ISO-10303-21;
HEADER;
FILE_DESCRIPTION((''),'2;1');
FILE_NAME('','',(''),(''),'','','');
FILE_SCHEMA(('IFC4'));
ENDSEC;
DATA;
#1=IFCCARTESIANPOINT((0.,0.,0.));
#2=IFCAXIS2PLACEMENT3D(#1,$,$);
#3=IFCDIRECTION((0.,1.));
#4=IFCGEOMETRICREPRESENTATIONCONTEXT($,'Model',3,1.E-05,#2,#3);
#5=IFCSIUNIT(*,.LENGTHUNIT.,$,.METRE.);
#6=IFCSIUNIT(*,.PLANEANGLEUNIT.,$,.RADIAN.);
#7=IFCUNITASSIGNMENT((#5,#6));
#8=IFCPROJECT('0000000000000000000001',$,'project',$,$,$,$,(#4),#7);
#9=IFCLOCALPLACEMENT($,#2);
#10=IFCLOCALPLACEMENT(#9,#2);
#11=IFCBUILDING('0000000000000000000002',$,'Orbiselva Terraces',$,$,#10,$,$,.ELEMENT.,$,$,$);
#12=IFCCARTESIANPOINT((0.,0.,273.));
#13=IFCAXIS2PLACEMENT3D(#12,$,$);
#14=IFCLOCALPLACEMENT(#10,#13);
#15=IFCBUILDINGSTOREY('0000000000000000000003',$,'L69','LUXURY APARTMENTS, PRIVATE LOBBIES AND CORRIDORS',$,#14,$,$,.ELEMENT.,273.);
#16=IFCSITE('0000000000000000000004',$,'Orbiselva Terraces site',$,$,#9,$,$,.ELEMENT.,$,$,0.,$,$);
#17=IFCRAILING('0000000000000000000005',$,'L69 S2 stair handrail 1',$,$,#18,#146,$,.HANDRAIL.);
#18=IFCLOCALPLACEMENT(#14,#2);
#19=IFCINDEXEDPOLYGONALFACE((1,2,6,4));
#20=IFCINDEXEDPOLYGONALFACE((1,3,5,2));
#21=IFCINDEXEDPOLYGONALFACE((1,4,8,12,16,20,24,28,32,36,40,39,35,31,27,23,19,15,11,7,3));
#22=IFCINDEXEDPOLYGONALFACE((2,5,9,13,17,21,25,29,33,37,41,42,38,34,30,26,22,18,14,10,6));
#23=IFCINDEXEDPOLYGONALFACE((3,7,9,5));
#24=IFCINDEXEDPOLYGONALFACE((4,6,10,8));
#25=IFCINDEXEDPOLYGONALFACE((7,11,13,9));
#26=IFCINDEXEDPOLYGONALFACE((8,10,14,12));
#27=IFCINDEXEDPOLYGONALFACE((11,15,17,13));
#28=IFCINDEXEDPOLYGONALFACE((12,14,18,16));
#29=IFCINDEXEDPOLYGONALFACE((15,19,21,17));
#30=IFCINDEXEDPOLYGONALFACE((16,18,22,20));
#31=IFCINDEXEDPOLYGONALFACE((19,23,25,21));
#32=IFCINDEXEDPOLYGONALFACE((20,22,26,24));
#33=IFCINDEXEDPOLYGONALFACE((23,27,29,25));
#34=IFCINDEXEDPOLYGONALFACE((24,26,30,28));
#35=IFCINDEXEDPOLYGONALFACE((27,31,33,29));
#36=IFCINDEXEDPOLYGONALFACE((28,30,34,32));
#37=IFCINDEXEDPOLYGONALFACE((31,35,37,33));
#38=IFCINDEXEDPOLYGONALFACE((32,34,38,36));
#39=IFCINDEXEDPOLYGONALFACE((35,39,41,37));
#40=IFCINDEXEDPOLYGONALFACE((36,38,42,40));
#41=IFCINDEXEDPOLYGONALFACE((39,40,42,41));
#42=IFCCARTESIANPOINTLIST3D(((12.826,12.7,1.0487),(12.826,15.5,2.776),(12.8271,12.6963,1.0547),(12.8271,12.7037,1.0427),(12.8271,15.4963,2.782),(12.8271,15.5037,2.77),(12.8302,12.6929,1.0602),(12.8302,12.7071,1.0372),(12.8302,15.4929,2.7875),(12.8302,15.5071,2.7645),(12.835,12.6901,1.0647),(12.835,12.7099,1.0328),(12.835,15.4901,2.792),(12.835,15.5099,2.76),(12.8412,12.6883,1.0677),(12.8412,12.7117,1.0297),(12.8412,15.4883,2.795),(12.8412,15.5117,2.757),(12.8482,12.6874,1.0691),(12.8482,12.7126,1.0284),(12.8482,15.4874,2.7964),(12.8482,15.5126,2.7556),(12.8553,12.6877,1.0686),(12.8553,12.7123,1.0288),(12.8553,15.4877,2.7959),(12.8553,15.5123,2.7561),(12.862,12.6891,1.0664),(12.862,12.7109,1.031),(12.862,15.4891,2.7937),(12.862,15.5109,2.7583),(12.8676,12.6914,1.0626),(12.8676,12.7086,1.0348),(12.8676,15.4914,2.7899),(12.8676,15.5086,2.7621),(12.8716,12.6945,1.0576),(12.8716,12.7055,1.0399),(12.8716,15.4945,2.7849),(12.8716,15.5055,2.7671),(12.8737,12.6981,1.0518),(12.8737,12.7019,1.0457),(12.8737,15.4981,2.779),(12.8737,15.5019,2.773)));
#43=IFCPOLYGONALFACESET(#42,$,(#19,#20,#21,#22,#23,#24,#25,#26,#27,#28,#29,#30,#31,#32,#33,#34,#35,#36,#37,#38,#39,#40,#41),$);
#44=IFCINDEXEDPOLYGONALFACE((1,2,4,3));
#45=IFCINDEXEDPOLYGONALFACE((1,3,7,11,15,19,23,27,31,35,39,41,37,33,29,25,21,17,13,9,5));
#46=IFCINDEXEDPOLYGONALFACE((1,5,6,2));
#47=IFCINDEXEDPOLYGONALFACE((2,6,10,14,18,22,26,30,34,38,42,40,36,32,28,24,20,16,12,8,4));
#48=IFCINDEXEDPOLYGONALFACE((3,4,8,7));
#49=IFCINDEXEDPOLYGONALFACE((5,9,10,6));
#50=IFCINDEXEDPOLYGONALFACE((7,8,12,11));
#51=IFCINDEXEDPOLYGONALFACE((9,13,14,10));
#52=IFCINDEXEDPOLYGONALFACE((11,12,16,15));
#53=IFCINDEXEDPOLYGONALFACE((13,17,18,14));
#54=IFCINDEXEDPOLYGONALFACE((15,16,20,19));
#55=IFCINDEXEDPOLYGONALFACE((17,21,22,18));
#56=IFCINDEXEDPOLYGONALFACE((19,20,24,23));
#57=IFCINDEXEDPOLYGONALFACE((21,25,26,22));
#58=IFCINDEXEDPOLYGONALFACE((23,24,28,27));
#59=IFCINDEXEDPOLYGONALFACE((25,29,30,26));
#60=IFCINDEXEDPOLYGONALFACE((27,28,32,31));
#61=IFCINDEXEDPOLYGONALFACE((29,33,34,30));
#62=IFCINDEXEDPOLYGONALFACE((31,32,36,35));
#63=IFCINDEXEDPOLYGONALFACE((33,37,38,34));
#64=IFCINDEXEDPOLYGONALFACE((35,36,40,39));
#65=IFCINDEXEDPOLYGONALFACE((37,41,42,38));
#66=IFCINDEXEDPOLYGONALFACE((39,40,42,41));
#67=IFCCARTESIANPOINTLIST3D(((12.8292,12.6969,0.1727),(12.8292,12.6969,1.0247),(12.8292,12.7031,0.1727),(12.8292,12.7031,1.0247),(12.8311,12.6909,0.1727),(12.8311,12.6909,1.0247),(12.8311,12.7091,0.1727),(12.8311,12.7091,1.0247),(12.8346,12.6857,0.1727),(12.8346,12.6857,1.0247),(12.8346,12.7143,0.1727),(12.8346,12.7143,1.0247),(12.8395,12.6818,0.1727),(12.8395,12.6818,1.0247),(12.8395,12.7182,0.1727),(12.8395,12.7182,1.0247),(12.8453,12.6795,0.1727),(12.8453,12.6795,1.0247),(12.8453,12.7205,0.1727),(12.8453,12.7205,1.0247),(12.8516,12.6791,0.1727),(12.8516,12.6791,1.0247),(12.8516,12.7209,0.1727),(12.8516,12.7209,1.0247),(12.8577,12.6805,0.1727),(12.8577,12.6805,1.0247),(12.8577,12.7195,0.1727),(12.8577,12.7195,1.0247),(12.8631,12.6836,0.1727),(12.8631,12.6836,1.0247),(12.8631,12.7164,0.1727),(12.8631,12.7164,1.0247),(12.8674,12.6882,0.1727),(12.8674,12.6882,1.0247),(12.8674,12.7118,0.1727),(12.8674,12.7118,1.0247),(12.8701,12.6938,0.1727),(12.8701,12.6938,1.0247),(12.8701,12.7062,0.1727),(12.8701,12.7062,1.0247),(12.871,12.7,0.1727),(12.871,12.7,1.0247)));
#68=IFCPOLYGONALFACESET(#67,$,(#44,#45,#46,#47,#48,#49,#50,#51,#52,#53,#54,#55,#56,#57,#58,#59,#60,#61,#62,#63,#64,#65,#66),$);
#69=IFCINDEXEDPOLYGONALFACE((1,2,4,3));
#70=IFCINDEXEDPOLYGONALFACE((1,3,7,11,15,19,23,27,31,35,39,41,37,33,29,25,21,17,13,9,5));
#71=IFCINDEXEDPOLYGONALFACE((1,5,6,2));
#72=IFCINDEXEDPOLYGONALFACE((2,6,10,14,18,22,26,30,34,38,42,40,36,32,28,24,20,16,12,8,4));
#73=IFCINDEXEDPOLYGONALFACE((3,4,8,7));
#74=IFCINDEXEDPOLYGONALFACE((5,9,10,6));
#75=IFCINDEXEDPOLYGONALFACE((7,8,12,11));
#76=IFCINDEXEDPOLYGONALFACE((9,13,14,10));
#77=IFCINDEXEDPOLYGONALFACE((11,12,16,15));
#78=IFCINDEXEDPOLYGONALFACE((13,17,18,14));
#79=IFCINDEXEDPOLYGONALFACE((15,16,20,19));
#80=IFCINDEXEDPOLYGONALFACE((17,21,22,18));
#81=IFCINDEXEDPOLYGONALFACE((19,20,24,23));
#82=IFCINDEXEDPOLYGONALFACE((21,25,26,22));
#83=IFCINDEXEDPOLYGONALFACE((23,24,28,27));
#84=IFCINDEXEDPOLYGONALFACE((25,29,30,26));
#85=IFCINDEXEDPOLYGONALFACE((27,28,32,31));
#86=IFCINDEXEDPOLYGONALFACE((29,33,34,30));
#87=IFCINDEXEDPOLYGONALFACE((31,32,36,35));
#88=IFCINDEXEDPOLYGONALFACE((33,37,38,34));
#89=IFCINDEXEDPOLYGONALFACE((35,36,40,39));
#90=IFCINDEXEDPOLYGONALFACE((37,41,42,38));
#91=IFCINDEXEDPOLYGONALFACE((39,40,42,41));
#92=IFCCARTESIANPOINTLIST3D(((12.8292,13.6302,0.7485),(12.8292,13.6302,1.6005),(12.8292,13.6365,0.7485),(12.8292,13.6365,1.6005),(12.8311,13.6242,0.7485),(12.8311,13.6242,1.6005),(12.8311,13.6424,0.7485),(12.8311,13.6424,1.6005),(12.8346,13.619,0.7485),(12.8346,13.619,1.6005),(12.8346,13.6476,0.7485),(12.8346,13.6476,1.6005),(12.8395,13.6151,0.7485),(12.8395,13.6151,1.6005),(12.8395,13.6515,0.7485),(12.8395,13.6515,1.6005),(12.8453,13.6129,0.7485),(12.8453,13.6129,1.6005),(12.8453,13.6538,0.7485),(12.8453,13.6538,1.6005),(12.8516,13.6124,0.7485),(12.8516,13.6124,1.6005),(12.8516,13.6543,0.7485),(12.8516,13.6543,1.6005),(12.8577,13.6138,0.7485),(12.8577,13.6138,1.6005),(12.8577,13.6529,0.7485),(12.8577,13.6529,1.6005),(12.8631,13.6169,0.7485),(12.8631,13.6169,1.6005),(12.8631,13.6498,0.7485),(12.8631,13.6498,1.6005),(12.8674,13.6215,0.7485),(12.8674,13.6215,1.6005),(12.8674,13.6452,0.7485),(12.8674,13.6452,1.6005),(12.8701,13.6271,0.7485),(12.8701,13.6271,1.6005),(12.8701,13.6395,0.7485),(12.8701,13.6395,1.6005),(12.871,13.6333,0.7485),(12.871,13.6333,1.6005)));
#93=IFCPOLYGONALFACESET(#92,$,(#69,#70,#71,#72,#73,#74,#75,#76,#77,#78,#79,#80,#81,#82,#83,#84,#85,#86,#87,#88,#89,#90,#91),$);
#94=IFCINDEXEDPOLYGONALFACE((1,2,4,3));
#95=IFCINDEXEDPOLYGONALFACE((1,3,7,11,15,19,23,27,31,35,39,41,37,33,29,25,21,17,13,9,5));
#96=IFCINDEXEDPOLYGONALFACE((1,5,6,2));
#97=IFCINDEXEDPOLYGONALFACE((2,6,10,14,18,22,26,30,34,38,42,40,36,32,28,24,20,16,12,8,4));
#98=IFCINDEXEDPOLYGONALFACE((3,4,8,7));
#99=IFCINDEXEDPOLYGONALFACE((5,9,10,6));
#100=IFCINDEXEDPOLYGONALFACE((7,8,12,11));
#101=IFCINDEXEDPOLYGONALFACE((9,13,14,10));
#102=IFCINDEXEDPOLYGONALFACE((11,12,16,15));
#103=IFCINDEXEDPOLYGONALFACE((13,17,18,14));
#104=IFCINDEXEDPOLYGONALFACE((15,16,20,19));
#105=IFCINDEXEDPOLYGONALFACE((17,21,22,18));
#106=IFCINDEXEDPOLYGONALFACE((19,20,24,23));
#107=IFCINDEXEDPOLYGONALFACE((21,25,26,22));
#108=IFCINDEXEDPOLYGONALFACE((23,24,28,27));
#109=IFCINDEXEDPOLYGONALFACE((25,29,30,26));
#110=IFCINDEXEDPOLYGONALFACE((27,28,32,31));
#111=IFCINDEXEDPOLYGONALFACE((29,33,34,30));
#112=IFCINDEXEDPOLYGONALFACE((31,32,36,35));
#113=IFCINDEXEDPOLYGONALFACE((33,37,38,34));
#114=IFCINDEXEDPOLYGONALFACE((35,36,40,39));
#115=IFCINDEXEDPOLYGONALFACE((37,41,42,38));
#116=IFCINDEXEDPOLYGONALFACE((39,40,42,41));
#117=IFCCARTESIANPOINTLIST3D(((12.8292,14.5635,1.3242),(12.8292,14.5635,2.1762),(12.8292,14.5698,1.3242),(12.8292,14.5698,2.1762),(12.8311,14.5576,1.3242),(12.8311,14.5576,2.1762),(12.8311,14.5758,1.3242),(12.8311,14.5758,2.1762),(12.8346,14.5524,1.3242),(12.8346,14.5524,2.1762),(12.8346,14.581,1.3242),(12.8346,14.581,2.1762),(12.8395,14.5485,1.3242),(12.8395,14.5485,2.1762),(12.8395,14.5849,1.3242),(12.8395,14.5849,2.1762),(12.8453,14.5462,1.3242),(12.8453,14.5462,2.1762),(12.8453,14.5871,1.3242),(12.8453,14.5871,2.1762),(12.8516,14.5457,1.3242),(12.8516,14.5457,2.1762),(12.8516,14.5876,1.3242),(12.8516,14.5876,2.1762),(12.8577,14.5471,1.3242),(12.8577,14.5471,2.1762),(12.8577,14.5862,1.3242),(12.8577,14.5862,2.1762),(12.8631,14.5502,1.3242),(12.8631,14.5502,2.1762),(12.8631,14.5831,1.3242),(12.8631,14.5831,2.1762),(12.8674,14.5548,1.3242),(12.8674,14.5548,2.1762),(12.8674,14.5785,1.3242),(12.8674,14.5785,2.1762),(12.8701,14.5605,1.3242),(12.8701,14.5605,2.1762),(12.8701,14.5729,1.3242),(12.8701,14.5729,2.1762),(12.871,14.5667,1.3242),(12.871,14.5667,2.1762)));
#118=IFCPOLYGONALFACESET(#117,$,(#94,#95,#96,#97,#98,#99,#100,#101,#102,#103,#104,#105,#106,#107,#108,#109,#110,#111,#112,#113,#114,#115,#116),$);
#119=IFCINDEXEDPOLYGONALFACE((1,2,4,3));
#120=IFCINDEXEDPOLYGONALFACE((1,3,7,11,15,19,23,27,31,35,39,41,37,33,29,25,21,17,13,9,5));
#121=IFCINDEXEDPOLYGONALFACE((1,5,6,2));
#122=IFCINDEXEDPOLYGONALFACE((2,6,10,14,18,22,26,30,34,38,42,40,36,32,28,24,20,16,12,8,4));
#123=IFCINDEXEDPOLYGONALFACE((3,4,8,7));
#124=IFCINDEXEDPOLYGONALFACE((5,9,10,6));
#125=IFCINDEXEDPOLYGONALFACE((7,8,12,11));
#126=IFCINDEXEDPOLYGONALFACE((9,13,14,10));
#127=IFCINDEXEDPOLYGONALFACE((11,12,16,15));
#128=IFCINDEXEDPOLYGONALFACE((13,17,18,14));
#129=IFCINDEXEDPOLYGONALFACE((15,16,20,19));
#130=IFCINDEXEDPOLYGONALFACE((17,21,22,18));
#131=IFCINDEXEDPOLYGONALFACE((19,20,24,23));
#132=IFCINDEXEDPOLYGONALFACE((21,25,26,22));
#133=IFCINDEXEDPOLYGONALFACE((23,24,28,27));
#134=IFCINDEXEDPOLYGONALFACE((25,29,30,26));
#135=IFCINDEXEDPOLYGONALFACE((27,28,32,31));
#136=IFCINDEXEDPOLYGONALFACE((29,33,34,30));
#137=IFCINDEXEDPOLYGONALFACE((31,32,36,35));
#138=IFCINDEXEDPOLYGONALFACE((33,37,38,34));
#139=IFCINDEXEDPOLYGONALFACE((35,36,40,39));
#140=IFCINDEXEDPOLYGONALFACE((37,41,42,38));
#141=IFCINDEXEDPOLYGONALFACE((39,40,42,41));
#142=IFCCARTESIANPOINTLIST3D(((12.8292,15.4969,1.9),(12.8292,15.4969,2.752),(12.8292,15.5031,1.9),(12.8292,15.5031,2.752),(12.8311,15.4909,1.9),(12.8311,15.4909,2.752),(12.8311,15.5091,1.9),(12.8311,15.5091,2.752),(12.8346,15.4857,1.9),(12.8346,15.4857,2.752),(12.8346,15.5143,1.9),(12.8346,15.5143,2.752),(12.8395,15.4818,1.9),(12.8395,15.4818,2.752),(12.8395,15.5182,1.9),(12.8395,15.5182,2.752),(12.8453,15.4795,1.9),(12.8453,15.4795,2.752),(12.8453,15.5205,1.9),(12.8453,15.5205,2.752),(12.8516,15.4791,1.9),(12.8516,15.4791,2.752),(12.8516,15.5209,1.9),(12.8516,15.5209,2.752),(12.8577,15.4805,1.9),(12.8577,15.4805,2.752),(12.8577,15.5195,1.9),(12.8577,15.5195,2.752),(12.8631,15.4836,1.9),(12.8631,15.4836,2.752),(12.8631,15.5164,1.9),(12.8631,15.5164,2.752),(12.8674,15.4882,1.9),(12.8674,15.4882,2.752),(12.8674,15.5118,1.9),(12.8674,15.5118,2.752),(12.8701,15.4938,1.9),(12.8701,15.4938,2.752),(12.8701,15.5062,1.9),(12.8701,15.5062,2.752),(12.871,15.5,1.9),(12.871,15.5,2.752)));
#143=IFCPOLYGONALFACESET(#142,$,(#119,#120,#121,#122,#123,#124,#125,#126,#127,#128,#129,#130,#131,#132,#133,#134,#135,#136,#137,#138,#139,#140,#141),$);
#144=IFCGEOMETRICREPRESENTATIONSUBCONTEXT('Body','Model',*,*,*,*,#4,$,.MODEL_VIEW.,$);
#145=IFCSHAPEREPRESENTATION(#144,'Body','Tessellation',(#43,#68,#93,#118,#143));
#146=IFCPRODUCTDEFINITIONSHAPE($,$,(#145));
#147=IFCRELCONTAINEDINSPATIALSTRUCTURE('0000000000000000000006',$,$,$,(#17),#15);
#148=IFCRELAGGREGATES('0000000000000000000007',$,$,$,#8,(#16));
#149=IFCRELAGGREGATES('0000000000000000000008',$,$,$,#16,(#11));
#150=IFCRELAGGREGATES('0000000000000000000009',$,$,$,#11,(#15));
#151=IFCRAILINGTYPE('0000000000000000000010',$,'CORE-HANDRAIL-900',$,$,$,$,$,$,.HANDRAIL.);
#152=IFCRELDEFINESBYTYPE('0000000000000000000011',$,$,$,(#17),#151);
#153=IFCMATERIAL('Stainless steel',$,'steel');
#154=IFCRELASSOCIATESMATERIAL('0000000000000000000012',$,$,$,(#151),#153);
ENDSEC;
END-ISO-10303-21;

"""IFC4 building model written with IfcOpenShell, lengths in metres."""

from ifc_helpers import new_model, si_unit, direction, frame, origin, origin_2d, place, context, subcontext, project, spatial, circle, extrude, material, type_object, element, save


model = new_model("IFC4")

# Units and contexts
model_context = context("Model", 3, precision=1e-05, world=origin(), true_north=direction((0.0, 1.0)))
body_context = subcontext(model_context, "Body", "Model", "MODEL_VIEW")
ifc_project = project(units=[si_unit("LENGTHUNIT", "METRE"), si_unit("PLANEANGLEUNIT", "RADIAN")], contexts=[model_context])

# Site, building, storey
site_placement = place(None, origin())
site = spatial("IfcSite", under=ifc_project, at=site_placement, Name="Orbiselva Terraces site", CompositionType="ELEMENT", RefElevation=0.0)
building_placement = place(site_placement, origin())
building = spatial("IfcBuilding", under=site, at=building_placement, Name="Orbiselva Terraces", CompositionType="ELEMENT")
storey_placement = place(building_placement, frame((0.0, 0.0, 273.0)))
storey = spatial("IfcBuildingStorey", under=building, at=storey_placement, Name="L69", Description="LUXURY APARTMENTS, PRIVATE LOBBIES AND CORRIDORS", CompositionType="ELEMENT", Elevation=273.0)

# Railing
ifc_material_1 = material(Name="Stainless steel", Category="steel")
railing_type_1 = type_object("IfcRailingType", Name="CORE-HANDRAIL-900", PredefinedType="HANDRAIL", material=ifc_material_1)
railing_1_placement = place(storey_placement, frame((12.85, 12.7, 0.1727)))
element("IfcRailing", 1, at=railing_1_placement, inside=storey, type_object=railing_type_1, Name="L69 S2 stair handrail 1", PredefinedType="HANDRAIL", context=body_context, shape_type="SweptSolid", body=[
    extrude(circle(Radius=0.024, at=origin_2d()), frame((0.0, 0.0, 0.876), z_axis=(0.0, 0.851089, 0.525022), x_axis=(-1.0, 0.0, 0.0)), (0.0, 0.0, 1.0), 3.2899),
    extrude(circle(Radius=0.021, at=origin_2d()), origin(), (0.0, 0.0, 1.0), 0.852),
    extrude(circle(Radius=0.021, at=origin_2d()), frame((0.0, 0.9333, 0.5758)), (0.0, 0.0, 1.0), 0.852),
    extrude(circle(Radius=0.021, at=origin_2d()), frame((0.0, 1.8667, 1.1515)), (0.0, 0.0, 1.0), 0.852),
    extrude(circle(Radius=0.021, at=origin_2d()), frame((0.0, 2.8, 1.7273)), (0.0, 0.0, 1.0), 0.852),
])

save(model, "model.ifc")
